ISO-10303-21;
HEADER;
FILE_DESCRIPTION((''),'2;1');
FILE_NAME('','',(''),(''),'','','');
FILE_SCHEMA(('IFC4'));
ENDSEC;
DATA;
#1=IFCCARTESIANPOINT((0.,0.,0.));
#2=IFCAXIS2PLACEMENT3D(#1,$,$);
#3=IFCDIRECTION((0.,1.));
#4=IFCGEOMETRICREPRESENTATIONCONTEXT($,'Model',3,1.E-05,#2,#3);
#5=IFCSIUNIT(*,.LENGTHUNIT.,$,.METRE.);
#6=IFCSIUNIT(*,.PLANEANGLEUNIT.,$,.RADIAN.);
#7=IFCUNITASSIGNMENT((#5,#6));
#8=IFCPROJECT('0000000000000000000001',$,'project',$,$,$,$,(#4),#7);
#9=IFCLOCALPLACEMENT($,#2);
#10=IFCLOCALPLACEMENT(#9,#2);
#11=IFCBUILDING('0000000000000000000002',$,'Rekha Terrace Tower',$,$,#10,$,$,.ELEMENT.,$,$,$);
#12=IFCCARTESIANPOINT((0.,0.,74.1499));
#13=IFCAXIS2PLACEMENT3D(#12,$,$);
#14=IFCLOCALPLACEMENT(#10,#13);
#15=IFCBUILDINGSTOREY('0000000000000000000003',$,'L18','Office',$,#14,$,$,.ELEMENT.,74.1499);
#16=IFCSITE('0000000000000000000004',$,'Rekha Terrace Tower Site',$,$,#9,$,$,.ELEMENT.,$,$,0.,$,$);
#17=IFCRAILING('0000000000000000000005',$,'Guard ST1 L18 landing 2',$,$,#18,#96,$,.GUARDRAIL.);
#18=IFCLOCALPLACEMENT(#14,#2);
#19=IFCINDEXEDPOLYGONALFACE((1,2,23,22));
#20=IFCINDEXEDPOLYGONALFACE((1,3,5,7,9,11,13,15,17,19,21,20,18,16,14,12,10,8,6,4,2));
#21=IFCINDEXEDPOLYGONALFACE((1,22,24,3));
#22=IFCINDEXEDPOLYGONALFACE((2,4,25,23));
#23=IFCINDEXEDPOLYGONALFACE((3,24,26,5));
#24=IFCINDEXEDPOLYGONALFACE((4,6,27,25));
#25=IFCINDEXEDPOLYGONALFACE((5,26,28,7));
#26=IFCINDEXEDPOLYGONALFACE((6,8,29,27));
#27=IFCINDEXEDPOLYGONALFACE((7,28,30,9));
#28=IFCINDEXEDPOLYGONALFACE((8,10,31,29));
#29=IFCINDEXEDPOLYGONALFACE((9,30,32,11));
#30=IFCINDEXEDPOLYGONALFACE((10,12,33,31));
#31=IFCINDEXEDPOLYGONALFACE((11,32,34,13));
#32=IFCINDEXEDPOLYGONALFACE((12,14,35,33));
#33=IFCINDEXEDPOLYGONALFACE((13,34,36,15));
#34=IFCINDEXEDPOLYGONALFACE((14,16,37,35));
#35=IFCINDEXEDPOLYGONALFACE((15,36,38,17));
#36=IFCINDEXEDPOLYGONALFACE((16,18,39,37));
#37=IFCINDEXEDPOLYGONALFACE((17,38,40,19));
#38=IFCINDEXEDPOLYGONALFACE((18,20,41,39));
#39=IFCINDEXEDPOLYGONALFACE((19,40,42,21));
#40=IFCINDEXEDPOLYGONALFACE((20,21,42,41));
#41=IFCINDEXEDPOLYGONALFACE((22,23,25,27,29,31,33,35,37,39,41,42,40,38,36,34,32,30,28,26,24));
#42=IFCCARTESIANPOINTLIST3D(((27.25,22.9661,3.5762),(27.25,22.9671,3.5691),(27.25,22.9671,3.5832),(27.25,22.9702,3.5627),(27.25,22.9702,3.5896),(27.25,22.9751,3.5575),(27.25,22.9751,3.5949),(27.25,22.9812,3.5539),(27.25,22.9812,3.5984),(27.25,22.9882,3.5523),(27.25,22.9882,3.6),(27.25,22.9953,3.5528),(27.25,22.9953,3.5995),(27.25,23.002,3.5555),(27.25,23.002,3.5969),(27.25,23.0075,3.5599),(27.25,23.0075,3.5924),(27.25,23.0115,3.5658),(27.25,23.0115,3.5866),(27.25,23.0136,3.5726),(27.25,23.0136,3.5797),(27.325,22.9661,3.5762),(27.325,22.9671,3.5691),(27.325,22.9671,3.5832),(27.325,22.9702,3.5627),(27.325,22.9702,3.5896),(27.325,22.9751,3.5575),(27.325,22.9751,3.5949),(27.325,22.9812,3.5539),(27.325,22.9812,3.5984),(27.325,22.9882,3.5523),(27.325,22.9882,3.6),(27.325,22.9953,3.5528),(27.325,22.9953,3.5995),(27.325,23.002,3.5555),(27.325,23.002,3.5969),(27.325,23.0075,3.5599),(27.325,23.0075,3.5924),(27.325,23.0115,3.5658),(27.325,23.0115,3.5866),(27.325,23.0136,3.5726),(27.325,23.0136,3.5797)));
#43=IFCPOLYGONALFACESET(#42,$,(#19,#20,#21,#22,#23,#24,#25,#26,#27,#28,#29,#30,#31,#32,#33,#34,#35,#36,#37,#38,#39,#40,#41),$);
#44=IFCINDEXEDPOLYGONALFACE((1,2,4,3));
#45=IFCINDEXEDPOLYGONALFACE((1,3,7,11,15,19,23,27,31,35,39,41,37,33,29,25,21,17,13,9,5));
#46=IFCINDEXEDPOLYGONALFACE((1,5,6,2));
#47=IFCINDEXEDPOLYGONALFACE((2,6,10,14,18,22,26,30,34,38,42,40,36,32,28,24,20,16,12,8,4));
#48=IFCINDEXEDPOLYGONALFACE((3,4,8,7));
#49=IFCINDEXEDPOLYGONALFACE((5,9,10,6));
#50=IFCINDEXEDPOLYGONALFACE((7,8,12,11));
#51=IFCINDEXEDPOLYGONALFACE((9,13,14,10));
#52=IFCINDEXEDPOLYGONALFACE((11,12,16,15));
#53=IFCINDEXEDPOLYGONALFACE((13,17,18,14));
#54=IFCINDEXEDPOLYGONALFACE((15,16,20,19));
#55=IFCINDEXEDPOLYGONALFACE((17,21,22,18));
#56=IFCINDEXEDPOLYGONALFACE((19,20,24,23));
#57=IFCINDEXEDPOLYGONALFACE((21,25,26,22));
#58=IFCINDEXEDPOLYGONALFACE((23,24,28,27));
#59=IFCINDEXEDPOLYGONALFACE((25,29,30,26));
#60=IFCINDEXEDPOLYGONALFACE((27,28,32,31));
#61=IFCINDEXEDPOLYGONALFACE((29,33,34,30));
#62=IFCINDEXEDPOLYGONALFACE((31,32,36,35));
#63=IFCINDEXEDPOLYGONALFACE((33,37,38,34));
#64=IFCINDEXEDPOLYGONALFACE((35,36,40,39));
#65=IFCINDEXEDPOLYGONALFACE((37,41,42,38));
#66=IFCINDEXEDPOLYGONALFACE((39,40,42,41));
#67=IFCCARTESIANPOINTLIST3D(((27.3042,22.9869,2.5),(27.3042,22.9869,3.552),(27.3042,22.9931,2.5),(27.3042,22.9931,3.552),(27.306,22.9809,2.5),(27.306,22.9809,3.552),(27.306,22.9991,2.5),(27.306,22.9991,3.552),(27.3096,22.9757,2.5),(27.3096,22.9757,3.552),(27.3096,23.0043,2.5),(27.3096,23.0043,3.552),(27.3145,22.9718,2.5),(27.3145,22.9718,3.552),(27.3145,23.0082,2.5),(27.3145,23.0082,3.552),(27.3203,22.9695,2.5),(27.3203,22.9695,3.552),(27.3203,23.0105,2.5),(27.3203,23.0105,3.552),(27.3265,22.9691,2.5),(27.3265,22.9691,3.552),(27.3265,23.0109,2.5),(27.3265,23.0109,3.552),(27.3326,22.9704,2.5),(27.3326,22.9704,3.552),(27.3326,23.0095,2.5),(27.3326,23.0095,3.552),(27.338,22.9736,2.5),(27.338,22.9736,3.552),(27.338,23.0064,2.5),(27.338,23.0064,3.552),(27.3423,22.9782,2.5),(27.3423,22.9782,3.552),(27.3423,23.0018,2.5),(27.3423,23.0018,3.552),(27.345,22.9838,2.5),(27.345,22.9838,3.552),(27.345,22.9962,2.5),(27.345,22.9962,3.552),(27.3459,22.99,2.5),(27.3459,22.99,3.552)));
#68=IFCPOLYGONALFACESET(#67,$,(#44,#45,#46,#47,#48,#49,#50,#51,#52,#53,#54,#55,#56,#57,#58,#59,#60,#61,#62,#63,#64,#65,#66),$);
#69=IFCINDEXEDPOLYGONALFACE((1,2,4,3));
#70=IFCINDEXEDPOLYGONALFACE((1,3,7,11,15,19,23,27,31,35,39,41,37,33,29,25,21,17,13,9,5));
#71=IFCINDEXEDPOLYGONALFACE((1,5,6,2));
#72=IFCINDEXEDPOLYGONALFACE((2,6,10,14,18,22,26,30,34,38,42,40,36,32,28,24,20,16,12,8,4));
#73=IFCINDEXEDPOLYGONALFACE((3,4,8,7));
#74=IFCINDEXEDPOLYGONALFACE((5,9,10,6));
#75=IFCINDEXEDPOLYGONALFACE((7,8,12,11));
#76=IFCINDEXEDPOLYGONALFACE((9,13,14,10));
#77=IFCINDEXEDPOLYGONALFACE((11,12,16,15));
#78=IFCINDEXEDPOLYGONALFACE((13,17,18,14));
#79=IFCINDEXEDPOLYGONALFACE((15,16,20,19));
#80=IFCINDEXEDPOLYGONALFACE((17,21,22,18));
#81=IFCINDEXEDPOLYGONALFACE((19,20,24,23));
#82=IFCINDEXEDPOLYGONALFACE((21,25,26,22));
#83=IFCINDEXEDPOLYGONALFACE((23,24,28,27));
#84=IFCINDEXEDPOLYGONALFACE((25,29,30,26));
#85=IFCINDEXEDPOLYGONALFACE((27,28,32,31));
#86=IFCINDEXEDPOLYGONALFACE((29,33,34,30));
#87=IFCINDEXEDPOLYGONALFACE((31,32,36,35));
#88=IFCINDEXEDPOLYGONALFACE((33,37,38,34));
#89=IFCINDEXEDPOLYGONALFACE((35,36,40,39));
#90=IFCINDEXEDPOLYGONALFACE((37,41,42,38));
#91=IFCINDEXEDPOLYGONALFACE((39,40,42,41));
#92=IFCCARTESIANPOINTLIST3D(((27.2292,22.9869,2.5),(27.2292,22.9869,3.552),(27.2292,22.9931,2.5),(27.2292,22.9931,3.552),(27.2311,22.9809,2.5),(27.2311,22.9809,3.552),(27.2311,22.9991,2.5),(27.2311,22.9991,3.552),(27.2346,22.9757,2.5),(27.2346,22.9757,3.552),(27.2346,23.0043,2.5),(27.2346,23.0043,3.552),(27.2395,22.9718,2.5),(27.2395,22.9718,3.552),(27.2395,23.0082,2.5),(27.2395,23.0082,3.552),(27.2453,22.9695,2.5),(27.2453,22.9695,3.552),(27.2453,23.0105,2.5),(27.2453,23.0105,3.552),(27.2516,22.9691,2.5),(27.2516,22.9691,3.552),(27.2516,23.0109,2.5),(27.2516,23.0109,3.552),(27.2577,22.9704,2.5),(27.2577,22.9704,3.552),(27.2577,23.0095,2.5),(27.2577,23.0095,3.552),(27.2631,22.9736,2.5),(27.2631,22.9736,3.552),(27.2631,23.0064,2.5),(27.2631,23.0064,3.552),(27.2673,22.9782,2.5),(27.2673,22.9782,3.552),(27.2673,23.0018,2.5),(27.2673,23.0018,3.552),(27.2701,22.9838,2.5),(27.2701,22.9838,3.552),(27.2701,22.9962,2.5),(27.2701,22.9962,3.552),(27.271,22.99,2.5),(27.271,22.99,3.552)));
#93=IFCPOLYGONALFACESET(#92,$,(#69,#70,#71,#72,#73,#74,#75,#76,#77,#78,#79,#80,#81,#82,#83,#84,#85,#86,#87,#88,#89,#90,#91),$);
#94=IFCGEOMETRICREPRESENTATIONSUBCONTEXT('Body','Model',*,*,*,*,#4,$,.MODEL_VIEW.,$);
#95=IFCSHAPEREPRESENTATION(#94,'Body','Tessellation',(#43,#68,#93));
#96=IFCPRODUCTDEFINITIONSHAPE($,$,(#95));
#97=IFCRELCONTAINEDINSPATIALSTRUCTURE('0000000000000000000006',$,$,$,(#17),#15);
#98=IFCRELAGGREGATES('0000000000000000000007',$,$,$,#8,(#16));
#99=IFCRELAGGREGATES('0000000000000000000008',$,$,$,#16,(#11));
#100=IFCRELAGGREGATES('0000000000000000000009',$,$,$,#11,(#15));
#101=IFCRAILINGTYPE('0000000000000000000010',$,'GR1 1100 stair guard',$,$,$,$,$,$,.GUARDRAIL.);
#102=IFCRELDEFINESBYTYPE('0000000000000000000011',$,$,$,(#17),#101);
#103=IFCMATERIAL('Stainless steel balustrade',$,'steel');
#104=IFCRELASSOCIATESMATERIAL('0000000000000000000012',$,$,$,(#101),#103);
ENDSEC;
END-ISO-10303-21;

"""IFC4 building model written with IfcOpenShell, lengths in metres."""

from ifc_helpers import new_model, si_unit, direction, frame, origin, origin_2d, place, context, subcontext, project, spatial, circle, extrude, material, type_object, element, save


model = new_model("IFC4")

# Units and contexts
model_context = context("Model", 3, precision=1e-05, world=origin(), true_north=direction((0.0, 1.0)))
body_context = subcontext(model_context, "Body", "Model", "MODEL_VIEW")
ifc_project = project(units=[si_unit("LENGTHUNIT", "METRE"), si_unit("PLANEANGLEUNIT", "RADIAN")], contexts=[model_context])

# Site, building, storey
site_placement = place(None, origin())
site = spatial("IfcSite", under=ifc_project, at=site_placement, Name="Rekha Terrace Tower Site", CompositionType="ELEMENT", RefElevation=0.0)
building_placement = place(site_placement, origin())
building = spatial("IfcBuilding", under=site, at=building_placement, Name="Rekha Terrace Tower", CompositionType="ELEMENT")
storey_placement = place(building_placement, frame((0.0, 0.0, 74.1499)))
storey = spatial("IfcBuildingStorey", under=building, at=storey_placement, Name="L18", Description="Office", CompositionType="ELEMENT", Elevation=74.1499)

# Railing
ifc_material_1 = material(Name="Stainless steel balustrade", Category="steel")
railing_type_1 = type_object("IfcRailingType", Name="GR1 1100 stair guard", PredefinedType="GUARDRAIL", material=ifc_material_1)
railing_1_placement = place(storey_placement, frame((27.325, 22.99, 2.5)))
element("IfcRailing", 1, at=railing_1_placement, inside=storey, type_object=railing_type_1, Name="Guard ST1 L18 landing 2", PredefinedType="GUARDRAIL", context=body_context, shape_type="SweptSolid", body=[
    extrude(circle(Radius=0.0239, at=origin_2d()), frame((0.0, 0.0, 1.0762), z_axis=(-1.0, 0.0, 0.0), x_axis=(0.0, -1.0, 0.0)), (0.0, 0.0, 1.0), 0.075),
    extrude(circle(Radius=0.021, at=origin_2d()), origin(), (0.0, 0.0, 1.0), 1.052),
    extrude(circle(Radius=0.021, at=origin_2d()), frame((-0.075, 0.0, 0.0)), (0.0, 0.0, 1.0), 1.052),
])

save(model, "model.ifc")
